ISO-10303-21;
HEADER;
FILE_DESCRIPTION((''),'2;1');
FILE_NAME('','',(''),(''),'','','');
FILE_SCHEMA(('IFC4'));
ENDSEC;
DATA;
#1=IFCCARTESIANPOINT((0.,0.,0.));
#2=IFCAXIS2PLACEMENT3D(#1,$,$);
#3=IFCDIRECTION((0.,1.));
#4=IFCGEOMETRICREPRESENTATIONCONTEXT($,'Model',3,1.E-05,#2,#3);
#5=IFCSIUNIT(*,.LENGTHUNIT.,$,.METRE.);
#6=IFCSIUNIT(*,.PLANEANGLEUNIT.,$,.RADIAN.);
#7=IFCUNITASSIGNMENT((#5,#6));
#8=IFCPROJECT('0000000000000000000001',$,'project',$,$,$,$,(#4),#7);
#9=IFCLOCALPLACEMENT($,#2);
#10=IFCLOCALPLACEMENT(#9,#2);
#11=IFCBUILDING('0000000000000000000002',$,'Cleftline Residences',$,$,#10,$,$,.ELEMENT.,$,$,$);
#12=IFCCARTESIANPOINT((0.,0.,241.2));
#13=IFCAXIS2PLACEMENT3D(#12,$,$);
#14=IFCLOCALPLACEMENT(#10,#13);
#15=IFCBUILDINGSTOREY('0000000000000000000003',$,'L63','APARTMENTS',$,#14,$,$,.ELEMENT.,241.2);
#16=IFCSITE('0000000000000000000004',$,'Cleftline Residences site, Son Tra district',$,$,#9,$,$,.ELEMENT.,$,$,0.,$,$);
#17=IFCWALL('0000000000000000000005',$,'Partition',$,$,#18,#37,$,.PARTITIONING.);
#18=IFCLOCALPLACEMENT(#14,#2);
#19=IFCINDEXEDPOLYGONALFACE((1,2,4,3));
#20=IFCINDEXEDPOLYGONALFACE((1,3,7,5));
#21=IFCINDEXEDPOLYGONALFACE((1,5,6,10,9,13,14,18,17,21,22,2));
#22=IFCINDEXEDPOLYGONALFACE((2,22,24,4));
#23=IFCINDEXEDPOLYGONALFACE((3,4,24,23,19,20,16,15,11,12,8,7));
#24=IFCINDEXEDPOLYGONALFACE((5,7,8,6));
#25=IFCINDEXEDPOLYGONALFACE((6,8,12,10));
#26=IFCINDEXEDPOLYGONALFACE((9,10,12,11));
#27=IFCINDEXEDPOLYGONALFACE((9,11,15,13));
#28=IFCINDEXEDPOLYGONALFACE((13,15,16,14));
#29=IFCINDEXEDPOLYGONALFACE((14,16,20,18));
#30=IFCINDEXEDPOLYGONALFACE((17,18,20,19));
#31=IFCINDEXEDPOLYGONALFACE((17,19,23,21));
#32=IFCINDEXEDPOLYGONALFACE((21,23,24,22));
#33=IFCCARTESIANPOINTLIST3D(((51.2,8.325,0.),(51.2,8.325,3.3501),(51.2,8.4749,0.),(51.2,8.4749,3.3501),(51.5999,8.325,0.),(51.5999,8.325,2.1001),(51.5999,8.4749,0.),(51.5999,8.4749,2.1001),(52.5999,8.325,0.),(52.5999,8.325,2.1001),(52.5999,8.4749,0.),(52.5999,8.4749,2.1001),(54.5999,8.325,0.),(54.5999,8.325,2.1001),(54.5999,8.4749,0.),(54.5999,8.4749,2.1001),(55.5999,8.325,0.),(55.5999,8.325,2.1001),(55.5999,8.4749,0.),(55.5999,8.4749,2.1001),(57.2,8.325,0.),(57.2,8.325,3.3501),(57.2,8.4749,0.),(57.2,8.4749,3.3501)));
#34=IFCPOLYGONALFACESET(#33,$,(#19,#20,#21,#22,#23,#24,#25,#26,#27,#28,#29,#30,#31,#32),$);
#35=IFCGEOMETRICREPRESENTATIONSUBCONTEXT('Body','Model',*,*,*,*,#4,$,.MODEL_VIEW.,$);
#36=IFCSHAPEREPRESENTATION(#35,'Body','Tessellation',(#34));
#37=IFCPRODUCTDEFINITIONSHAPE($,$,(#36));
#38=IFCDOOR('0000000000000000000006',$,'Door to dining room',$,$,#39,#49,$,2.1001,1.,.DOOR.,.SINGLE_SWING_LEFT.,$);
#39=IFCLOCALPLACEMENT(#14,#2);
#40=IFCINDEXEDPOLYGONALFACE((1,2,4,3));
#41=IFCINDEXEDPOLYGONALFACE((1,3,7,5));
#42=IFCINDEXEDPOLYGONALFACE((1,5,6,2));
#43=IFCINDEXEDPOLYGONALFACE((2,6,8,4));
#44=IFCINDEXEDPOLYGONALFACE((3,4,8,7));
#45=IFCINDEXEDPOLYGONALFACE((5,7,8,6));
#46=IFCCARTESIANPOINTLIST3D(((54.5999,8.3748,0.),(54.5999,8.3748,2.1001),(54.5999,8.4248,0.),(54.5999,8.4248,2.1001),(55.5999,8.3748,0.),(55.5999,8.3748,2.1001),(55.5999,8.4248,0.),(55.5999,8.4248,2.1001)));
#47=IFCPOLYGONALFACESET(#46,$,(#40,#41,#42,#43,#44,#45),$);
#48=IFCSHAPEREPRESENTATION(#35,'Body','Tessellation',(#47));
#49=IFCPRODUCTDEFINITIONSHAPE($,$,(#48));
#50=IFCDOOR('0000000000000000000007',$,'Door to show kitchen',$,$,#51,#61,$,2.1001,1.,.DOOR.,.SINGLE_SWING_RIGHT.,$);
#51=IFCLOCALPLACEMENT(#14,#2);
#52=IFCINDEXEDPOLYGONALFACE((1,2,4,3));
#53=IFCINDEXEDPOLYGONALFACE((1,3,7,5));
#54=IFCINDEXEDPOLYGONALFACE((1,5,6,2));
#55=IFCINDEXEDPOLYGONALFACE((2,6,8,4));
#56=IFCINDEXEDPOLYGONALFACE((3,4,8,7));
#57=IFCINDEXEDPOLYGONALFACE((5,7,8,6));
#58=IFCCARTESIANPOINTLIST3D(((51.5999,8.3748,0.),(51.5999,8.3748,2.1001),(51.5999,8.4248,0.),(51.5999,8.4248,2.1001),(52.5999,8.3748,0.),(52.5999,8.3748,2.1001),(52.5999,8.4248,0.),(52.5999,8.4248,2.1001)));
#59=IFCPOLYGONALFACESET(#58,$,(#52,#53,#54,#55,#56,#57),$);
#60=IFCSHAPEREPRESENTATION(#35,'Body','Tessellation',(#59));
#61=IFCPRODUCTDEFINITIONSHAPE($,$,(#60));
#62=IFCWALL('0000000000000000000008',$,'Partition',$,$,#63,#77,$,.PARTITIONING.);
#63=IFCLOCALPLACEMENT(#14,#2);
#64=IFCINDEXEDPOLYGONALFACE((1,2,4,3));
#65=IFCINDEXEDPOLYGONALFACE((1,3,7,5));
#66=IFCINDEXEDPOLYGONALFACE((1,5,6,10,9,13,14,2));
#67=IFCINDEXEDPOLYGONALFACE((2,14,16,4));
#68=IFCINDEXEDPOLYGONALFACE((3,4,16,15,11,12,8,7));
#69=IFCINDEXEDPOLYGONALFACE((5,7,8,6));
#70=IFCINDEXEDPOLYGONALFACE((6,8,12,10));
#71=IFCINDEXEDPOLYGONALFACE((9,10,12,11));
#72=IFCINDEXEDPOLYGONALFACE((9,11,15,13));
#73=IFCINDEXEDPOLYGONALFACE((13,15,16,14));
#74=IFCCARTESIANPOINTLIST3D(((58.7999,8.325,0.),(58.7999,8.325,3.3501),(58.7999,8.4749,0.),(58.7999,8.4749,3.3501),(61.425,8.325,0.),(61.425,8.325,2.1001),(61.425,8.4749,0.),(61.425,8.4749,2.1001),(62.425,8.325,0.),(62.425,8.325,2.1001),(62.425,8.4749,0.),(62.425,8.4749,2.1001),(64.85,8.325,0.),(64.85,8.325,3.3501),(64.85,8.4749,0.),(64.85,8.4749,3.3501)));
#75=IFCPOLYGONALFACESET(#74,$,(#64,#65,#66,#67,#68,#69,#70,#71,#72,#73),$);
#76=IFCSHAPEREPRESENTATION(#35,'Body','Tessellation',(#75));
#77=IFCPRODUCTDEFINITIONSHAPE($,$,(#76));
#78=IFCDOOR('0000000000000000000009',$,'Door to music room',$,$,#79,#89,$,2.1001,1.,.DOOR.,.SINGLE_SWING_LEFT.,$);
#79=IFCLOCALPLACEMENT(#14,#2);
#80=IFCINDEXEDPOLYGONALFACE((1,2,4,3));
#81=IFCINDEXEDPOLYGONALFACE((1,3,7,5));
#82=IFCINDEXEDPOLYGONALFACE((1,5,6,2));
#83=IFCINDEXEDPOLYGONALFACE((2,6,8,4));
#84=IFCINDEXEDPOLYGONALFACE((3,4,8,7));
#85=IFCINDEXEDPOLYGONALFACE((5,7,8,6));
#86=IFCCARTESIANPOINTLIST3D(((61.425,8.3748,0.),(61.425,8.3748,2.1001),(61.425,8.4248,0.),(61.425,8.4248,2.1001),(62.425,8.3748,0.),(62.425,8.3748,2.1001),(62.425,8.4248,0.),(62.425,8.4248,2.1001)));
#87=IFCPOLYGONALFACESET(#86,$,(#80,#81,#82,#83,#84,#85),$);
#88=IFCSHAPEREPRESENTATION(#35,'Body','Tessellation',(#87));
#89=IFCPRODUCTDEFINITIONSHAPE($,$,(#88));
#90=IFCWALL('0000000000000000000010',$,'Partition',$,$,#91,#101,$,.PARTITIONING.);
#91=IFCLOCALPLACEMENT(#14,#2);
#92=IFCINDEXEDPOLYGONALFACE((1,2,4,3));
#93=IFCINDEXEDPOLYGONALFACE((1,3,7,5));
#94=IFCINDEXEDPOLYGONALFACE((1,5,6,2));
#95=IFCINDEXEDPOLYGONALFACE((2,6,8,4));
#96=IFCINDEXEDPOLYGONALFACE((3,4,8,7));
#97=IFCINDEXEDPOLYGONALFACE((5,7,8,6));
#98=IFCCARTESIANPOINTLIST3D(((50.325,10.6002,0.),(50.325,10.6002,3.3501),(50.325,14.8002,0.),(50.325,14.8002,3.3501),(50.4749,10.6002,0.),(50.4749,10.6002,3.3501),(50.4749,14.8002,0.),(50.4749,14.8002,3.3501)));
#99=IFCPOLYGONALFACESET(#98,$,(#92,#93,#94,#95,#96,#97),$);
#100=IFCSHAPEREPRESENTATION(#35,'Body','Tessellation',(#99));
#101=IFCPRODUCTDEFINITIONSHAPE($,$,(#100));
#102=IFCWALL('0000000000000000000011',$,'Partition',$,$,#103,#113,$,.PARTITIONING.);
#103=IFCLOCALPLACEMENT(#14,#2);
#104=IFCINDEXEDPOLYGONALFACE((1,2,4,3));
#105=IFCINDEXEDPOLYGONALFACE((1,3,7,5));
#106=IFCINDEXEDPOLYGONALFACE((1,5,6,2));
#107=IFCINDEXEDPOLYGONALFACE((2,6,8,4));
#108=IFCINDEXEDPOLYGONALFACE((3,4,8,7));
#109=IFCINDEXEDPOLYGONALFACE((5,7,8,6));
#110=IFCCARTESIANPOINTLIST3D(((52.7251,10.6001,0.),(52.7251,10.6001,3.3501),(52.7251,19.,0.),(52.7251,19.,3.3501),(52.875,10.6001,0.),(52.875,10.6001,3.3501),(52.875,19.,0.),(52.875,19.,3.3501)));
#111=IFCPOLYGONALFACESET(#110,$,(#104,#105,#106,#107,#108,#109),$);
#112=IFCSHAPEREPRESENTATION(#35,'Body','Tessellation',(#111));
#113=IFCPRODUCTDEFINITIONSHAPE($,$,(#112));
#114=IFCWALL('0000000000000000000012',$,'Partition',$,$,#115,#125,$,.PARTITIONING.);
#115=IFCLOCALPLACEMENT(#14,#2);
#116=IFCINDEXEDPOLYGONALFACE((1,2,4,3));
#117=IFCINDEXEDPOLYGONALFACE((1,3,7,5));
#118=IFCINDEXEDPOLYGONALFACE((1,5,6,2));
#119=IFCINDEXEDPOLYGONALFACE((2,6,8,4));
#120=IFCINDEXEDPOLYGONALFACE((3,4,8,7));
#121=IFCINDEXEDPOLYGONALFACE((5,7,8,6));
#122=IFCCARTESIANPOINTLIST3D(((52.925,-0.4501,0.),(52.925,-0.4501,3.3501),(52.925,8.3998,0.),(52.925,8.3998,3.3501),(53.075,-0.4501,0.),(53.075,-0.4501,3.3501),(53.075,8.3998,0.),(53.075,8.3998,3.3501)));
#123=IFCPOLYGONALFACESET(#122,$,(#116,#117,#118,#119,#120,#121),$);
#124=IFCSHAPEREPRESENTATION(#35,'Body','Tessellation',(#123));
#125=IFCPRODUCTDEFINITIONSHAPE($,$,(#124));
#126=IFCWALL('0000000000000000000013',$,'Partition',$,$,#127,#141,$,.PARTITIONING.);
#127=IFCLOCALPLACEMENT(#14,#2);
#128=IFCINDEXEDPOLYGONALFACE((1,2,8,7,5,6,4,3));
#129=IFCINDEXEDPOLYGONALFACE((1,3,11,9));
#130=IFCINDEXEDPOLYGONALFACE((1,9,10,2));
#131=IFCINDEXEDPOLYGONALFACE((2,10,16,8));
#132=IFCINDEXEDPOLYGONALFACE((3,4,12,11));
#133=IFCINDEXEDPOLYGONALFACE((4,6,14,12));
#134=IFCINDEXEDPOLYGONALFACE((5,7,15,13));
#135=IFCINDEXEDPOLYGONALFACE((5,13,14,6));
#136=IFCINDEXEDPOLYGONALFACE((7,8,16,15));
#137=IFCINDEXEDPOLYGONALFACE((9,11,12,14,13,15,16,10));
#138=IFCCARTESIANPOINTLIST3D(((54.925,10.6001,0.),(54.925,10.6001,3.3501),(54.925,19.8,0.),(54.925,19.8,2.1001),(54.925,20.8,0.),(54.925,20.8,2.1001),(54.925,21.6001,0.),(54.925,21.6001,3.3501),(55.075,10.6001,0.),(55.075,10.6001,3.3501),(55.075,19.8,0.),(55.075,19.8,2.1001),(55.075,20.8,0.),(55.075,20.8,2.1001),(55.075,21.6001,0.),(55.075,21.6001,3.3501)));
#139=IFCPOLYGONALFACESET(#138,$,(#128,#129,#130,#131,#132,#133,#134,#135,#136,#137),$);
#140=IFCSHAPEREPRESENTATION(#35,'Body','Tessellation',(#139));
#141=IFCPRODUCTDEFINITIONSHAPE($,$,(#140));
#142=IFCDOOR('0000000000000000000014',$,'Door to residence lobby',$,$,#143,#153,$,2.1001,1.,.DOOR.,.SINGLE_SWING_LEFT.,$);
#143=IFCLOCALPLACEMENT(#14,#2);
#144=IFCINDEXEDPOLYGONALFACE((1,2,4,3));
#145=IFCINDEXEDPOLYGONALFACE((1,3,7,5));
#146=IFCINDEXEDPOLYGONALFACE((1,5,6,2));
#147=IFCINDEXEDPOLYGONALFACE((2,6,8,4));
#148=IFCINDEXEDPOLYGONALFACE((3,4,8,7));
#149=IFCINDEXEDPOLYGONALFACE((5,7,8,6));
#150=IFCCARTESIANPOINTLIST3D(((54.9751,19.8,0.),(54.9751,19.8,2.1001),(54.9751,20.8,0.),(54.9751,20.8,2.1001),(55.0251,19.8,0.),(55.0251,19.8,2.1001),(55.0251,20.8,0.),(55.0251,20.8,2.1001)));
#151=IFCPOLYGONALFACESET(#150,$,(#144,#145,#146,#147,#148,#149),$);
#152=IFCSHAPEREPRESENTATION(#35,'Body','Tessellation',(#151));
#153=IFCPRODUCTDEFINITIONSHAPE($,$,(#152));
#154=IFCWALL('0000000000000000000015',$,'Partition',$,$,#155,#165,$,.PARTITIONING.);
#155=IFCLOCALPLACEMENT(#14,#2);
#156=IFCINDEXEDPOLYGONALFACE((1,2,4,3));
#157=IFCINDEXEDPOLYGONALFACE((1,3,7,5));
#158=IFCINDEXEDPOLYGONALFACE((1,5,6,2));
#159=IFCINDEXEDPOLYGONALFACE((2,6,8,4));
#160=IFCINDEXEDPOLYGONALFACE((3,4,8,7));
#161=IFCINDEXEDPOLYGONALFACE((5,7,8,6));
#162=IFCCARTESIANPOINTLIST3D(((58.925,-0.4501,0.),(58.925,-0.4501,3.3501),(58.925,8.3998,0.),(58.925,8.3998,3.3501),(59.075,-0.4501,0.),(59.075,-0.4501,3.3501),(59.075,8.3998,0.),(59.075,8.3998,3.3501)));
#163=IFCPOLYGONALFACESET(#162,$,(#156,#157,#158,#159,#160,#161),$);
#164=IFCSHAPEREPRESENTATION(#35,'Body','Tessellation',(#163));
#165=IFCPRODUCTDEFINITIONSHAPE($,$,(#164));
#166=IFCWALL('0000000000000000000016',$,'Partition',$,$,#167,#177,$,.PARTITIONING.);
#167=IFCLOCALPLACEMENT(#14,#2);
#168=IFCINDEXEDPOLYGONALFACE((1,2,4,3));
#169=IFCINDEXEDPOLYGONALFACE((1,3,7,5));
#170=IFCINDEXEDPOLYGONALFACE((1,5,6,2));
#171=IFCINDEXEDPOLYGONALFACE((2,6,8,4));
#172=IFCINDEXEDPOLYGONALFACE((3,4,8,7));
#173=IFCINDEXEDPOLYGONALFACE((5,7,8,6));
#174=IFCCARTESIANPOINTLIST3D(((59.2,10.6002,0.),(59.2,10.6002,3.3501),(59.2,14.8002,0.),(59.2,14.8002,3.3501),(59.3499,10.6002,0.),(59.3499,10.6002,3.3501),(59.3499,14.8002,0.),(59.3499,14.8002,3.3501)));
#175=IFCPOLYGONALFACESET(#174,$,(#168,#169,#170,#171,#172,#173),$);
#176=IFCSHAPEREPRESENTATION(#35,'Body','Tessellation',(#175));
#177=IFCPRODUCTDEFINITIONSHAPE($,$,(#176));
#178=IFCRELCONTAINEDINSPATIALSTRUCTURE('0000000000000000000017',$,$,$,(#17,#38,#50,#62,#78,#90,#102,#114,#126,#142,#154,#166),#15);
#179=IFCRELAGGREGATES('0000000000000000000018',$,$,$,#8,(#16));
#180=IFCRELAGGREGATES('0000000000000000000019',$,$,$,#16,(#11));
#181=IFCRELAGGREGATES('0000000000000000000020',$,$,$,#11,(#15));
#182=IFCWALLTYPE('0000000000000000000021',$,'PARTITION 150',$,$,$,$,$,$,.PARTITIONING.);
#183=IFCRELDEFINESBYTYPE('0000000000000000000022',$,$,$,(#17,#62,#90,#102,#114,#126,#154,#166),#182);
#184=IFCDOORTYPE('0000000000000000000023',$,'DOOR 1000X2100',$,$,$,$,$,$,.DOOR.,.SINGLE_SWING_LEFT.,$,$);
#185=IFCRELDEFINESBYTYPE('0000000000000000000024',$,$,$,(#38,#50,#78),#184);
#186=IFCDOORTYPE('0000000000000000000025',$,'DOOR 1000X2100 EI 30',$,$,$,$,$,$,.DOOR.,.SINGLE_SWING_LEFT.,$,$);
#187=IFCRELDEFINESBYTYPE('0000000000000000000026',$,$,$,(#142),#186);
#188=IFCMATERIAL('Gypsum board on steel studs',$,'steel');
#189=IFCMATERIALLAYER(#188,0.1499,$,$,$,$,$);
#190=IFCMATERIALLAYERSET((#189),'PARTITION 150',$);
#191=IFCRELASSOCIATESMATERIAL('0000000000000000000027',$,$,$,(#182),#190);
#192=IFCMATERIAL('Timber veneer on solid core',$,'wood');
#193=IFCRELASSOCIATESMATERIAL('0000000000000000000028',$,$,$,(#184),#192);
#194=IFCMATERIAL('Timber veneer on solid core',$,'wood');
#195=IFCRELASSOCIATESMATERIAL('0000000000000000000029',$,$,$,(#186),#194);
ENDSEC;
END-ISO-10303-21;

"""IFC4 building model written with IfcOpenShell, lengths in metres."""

from ifc_helpers import new_model, si_unit, direction, frame, frame_2d, origin, place, context, subcontext, project, spatial, rectangle, extrude, material, layer, layer_set, type_object, element, fill, save


model = new_model("IFC4")

# Units and contexts
model_context = context("Model", 3, precision=1e-05, world=origin(), true_north=direction((0.0, 1.0)))
body_context = subcontext(model_context, "Body", "Model", "MODEL_VIEW")
ifc_project = project(units=[si_unit("LENGTHUNIT", "METRE"), si_unit("PLANEANGLEUNIT", "RADIAN")], contexts=[model_context])

# Site, building, storey
site_placement = place(None, origin())
site = spatial("IfcSite", under=ifc_project, at=site_placement, Name="Cleftline Residences site, Son Tra district", CompositionType="ELEMENT", RefElevation=0.0)
building_placement = place(site_placement, origin())
building = spatial("IfcBuilding", under=site, at=building_placement, Name="Cleftline Residences", CompositionType="ELEMENT")
storey_placement = place(building_placement, frame((0.0, 0.0, 241.2)))
storey = spatial("IfcBuildingStorey", under=building, at=storey_placement, Name="L63", Description="APARTMENTS", CompositionType="ELEMENT", Elevation=241.2)

# Wall, openings, doors
ifc_material_1 = material(Name="Gypsum board on steel studs", Category="steel")
ifc_layer_1 = layer(ifc_material_1, 0.1499)
ifc_layer_set_1 = layer_set([ifc_layer_1], Name="PARTITION 150")
wall_type_1 = type_object("IfcWallType", Name="PARTITION 150", PredefinedType="PARTITIONING", material=ifc_layer_set_1)
wall_1_placement = place(storey_placement, frame((51.2, 8.3999, 0.0), z_axis=(0.0, 0.0, 1.0), x_axis=(1.0, 0.0, 0.0)))
wall_1 = element("IfcWall", 1, at=wall_1_placement, inside=storey, type_object=wall_type_1, Name="Partition", PredefinedType="PARTITIONING", context=body_context, shape_type="SweptSolid", body=[
    extrude(rectangle(XDim=6.0, YDim=0.1499, at=frame_2d((3.0, 0.0))), origin(), (0.0, 0.0, 1.0), 3.3501),
])
opening_1_placement = place(wall_1_placement, frame((3.3999, 0.0, 0.0)))
opening_1 = element("IfcOpeningElement", 2, at=opening_1_placement, cuts=wall_1, PredefinedType="OPENING", context=body_context, shape_type="SweptSolid", body=[
    extrude(rectangle(XDim=1.0, YDim=2.1001, at=frame_2d((0.5, 1.05))), frame((0.0, 0.085, 0.0), z_axis=(0.0, -1.0, 0.0), x_axis=(1.0, 0.0, 0.0)), (0.0, 0.0, 1.0), 0.1699),
])
opening_2_placement = place(wall_1_placement, frame((0.3999, 0.0, 0.0)))
opening_2 = element("IfcOpeningElement", 3, at=opening_2_placement, cuts=wall_1, PredefinedType="OPENING", context=body_context, shape_type="SweptSolid", body=[
    extrude(rectangle(XDim=1.0, YDim=2.1001, at=frame_2d((0.5, 1.05))), frame((0.0, 0.085, 0.0), z_axis=(0.0, -1.0, 0.0), x_axis=(1.0, 0.0, 0.0)), (0.0, 0.0, 1.0), 0.1699),
])
ifc_material_2 = material(Name="Timber veneer on solid core", Category="wood")
door_type_1 = type_object("IfcDoorType", Name="DOOR 1000X2100", OperationType="SINGLE_SWING_LEFT", PredefinedType="DOOR", material=ifc_material_2)
door_1_placement = place(opening_1_placement, origin())
door_1 = element("IfcDoor", 4, at=door_1_placement, inside=storey, type_object=door_type_1, Name="Door to dining room", OperationType="SINGLE_SWING_LEFT", OverallHeight=2.1001, OverallWidth=1.0, PredefinedType="DOOR", context=body_context, shape_type="SweptSolid", body=[
    extrude(rectangle(XDim=1.0, YDim=2.1001, at=frame_2d((0.5, 1.05))), frame((0.0, 0.0249, 0.0), z_axis=(0.0, -1.0, 0.0), x_axis=(1.0, 0.0, 0.0)), (0.0, 0.0, 1.0), 0.05),
])
fill(opening_1, door_1)
door_2_placement = place(opening_2_placement, origin())
door_2 = element("IfcDoor", 5, at=door_2_placement, inside=storey, type_object=door_type_1, Name="Door to show kitchen", OperationType="SINGLE_SWING_RIGHT", OverallHeight=2.1001, OverallWidth=1.0, PredefinedType="DOOR", context=body_context, shape_type="SweptSolid", body=[
    extrude(rectangle(XDim=1.0, YDim=2.1001, at=frame_2d((0.5, 1.05))), frame((0.0, 0.0249, 0.0), z_axis=(0.0, -1.0, 0.0), x_axis=(1.0, 0.0, 0.0)), (0.0, 0.0, 1.0), 0.05),
])
fill(opening_2, door_2)

# Wall, opening, door
wall_2_placement = place(storey_placement, frame((58.8, 8.3999, 0.0), z_axis=(0.0, 0.0, 1.0), x_axis=(1.0, 0.0, 0.0)))
wall_2 = element("IfcWall", 6, at=wall_2_placement, inside=storey, type_object=wall_type_1, Name="Partition", PredefinedType="PARTITIONING", context=body_context, shape_type="SweptSolid", body=[
    extrude(rectangle(XDim=6.05, YDim=0.1499, at=frame_2d((3.0249, 0.0))), origin(), (0.0, 0.0, 1.0), 3.3501),
])
opening_3_placement = place(wall_2_placement, frame((2.625, 0.0, 0.0)))
opening_3 = element("IfcOpeningElement", 7, at=opening_3_placement, cuts=wall_2, PredefinedType="OPENING", context=body_context, shape_type="SweptSolid", body=[
    extrude(rectangle(XDim=1.0, YDim=2.1001, at=frame_2d((0.5, 1.05))), frame((0.0, 0.085, 0.0), z_axis=(0.0, -1.0, 0.0), x_axis=(1.0, 0.0, 0.0)), (0.0, 0.0, 1.0), 0.1699),
])
door_3_placement = place(opening_3_placement, origin())
door_3 = element("IfcDoor", 8, at=door_3_placement, inside=storey, type_object=door_type_1, Name="Door to music room", OperationType="SINGLE_SWING_LEFT", OverallHeight=2.1001, OverallWidth=1.0, PredefinedType="DOOR", context=body_context, shape_type="SweptSolid", body=[
    extrude(rectangle(XDim=1.0, YDim=2.1001, at=frame_2d((0.5, 1.05))), frame((0.0, 0.0249, 0.0), z_axis=(0.0, -1.0, 0.0), x_axis=(1.0, 0.0, 0.0)), (0.0, 0.0, 1.0), 0.05),
])
fill(opening_3, door_3)

# Walls
wall_3_placement = place(storey_placement, frame((50.3999, 10.6001, 0.0), z_axis=(0.0, 0.0, 1.0), x_axis=(0.0, 1.0, 0.0)))
element("IfcWall", 9, at=wall_3_placement, inside=storey, type_object=wall_type_1, Name="Partition", PredefinedType="PARTITIONING", context=body_context, shape_type="SweptSolid", body=[
    extrude(rectangle(XDim=4.2, YDim=0.1499, at=frame_2d((2.1001, 0.0))), origin(), (0.0, 0.0, 1.0), 3.3501),
])
wall_4_placement = place(storey_placement, frame((52.8, 10.6001, 0.0), z_axis=(0.0, 0.0, 1.0), x_axis=(0.0, 1.0, 0.0)))
element("IfcWall", 10, at=wall_4_placement, inside=storey, type_object=wall_type_1, Name="Partition", PredefinedType="PARTITIONING", context=body_context, shape_type="SweptSolid", body=[
    extrude(rectangle(XDim=8.3999, YDim=0.1499, at=frame_2d((4.2, 0.0))), origin(), (0.0, 0.0, 1.0), 3.3501),
])
wall_5_placement = place(storey_placement, frame((53.0, -0.45, 0.0), z_axis=(0.0, 0.0, 1.0), x_axis=(0.0, 1.0, 0.0)))
element("IfcWall", 11, at=wall_5_placement, inside=storey, type_object=wall_type_1, Name="Partition", PredefinedType="PARTITIONING", context=body_context, shape_type="SweptSolid", body=[
    extrude(rectangle(XDim=8.8499, YDim=0.1499, at=frame_2d((4.4248, 0.0))), origin(), (0.0, 0.0, 1.0), 3.3501),
])

# Wall, opening, door
wall_6_placement = place(storey_placement, frame((55.0, 10.6001, 0.0), z_axis=(0.0, 0.0, 1.0), x_axis=(0.0, 1.0, 0.0)))
wall_6 = element("IfcWall", 12, at=wall_6_placement, inside=storey, type_object=wall_type_1, Name="Partition", PredefinedType="PARTITIONING", context=body_context, shape_type="SweptSolid", body=[
    extrude(rectangle(XDim=11.0, YDim=0.1499, at=frame_2d((5.5, 0.0))), origin(), (0.0, 0.0, 1.0), 3.3501),
])
opening_4_placement = place(wall_6_placement, frame((9.2, 0.0, 0.0)))
opening_4 = element("IfcOpeningElement", 13, at=opening_4_placement, cuts=wall_6, PredefinedType="OPENING", context=body_context, shape_type="SweptSolid", body=[
    extrude(rectangle(XDim=1.0, YDim=2.1001, at=frame_2d((0.5, 1.05))), frame((0.0, 0.085, 0.0), z_axis=(0.0, -1.0, 0.0), x_axis=(1.0, 0.0, 0.0)), (0.0, 0.0, 1.0), 0.1699),
])
ifc_material_3 = material(Name="Timber veneer on solid core", Category="wood")
door_type_2 = type_object("IfcDoorType", Name="DOOR 1000X2100 EI 30", OperationType="SINGLE_SWING_LEFT", PredefinedType="DOOR", material=ifc_material_3)
door_4_placement = place(opening_4_placement, origin())
door_4 = element("IfcDoor", 14, at=door_4_placement, inside=storey, type_object=door_type_2, Name="Door to residence lobby", OperationType="SINGLE_SWING_LEFT", OverallHeight=2.1001, OverallWidth=1.0, PredefinedType="DOOR", context=body_context, shape_type="SweptSolid", body=[
    extrude(rectangle(XDim=1.0, YDim=2.1001, at=frame_2d((0.5, 1.05))), frame((0.0, 0.0249, 0.0), z_axis=(0.0, -1.0, 0.0), x_axis=(1.0, 0.0, 0.0)), (0.0, 0.0, 1.0), 0.05),
])
fill(opening_4, door_4)

# Walls
wall_7_placement = place(storey_placement, frame((59.0, -0.45, 0.0), z_axis=(0.0, 0.0, 1.0), x_axis=(0.0, 1.0, 0.0)))
element("IfcWall", 15, at=wall_7_placement, inside=storey, type_object=wall_type_1, Name="Partition", PredefinedType="PARTITIONING", context=body_context, shape_type="SweptSolid", body=[
    extrude(rectangle(XDim=8.8499, YDim=0.1499, at=frame_2d((4.4248, 0.0))), origin(), (0.0, 0.0, 1.0), 3.3501),
])
wall_8_placement = place(storey_placement, frame((59.2749, 10.6001, 0.0), z_axis=(0.0, 0.0, 1.0), x_axis=(0.0, 1.0, 0.0)))
element("IfcWall", 16, at=wall_8_placement, inside=storey, type_object=wall_type_1, Name="Partition", PredefinedType="PARTITIONING", context=body_context, shape_type="SweptSolid", body=[
    extrude(rectangle(XDim=4.2, YDim=0.1499, at=frame_2d((2.1001, 0.0))), origin(), (0.0, 0.0, 1.0), 3.3501),
])

save(model, "model.ifc")
